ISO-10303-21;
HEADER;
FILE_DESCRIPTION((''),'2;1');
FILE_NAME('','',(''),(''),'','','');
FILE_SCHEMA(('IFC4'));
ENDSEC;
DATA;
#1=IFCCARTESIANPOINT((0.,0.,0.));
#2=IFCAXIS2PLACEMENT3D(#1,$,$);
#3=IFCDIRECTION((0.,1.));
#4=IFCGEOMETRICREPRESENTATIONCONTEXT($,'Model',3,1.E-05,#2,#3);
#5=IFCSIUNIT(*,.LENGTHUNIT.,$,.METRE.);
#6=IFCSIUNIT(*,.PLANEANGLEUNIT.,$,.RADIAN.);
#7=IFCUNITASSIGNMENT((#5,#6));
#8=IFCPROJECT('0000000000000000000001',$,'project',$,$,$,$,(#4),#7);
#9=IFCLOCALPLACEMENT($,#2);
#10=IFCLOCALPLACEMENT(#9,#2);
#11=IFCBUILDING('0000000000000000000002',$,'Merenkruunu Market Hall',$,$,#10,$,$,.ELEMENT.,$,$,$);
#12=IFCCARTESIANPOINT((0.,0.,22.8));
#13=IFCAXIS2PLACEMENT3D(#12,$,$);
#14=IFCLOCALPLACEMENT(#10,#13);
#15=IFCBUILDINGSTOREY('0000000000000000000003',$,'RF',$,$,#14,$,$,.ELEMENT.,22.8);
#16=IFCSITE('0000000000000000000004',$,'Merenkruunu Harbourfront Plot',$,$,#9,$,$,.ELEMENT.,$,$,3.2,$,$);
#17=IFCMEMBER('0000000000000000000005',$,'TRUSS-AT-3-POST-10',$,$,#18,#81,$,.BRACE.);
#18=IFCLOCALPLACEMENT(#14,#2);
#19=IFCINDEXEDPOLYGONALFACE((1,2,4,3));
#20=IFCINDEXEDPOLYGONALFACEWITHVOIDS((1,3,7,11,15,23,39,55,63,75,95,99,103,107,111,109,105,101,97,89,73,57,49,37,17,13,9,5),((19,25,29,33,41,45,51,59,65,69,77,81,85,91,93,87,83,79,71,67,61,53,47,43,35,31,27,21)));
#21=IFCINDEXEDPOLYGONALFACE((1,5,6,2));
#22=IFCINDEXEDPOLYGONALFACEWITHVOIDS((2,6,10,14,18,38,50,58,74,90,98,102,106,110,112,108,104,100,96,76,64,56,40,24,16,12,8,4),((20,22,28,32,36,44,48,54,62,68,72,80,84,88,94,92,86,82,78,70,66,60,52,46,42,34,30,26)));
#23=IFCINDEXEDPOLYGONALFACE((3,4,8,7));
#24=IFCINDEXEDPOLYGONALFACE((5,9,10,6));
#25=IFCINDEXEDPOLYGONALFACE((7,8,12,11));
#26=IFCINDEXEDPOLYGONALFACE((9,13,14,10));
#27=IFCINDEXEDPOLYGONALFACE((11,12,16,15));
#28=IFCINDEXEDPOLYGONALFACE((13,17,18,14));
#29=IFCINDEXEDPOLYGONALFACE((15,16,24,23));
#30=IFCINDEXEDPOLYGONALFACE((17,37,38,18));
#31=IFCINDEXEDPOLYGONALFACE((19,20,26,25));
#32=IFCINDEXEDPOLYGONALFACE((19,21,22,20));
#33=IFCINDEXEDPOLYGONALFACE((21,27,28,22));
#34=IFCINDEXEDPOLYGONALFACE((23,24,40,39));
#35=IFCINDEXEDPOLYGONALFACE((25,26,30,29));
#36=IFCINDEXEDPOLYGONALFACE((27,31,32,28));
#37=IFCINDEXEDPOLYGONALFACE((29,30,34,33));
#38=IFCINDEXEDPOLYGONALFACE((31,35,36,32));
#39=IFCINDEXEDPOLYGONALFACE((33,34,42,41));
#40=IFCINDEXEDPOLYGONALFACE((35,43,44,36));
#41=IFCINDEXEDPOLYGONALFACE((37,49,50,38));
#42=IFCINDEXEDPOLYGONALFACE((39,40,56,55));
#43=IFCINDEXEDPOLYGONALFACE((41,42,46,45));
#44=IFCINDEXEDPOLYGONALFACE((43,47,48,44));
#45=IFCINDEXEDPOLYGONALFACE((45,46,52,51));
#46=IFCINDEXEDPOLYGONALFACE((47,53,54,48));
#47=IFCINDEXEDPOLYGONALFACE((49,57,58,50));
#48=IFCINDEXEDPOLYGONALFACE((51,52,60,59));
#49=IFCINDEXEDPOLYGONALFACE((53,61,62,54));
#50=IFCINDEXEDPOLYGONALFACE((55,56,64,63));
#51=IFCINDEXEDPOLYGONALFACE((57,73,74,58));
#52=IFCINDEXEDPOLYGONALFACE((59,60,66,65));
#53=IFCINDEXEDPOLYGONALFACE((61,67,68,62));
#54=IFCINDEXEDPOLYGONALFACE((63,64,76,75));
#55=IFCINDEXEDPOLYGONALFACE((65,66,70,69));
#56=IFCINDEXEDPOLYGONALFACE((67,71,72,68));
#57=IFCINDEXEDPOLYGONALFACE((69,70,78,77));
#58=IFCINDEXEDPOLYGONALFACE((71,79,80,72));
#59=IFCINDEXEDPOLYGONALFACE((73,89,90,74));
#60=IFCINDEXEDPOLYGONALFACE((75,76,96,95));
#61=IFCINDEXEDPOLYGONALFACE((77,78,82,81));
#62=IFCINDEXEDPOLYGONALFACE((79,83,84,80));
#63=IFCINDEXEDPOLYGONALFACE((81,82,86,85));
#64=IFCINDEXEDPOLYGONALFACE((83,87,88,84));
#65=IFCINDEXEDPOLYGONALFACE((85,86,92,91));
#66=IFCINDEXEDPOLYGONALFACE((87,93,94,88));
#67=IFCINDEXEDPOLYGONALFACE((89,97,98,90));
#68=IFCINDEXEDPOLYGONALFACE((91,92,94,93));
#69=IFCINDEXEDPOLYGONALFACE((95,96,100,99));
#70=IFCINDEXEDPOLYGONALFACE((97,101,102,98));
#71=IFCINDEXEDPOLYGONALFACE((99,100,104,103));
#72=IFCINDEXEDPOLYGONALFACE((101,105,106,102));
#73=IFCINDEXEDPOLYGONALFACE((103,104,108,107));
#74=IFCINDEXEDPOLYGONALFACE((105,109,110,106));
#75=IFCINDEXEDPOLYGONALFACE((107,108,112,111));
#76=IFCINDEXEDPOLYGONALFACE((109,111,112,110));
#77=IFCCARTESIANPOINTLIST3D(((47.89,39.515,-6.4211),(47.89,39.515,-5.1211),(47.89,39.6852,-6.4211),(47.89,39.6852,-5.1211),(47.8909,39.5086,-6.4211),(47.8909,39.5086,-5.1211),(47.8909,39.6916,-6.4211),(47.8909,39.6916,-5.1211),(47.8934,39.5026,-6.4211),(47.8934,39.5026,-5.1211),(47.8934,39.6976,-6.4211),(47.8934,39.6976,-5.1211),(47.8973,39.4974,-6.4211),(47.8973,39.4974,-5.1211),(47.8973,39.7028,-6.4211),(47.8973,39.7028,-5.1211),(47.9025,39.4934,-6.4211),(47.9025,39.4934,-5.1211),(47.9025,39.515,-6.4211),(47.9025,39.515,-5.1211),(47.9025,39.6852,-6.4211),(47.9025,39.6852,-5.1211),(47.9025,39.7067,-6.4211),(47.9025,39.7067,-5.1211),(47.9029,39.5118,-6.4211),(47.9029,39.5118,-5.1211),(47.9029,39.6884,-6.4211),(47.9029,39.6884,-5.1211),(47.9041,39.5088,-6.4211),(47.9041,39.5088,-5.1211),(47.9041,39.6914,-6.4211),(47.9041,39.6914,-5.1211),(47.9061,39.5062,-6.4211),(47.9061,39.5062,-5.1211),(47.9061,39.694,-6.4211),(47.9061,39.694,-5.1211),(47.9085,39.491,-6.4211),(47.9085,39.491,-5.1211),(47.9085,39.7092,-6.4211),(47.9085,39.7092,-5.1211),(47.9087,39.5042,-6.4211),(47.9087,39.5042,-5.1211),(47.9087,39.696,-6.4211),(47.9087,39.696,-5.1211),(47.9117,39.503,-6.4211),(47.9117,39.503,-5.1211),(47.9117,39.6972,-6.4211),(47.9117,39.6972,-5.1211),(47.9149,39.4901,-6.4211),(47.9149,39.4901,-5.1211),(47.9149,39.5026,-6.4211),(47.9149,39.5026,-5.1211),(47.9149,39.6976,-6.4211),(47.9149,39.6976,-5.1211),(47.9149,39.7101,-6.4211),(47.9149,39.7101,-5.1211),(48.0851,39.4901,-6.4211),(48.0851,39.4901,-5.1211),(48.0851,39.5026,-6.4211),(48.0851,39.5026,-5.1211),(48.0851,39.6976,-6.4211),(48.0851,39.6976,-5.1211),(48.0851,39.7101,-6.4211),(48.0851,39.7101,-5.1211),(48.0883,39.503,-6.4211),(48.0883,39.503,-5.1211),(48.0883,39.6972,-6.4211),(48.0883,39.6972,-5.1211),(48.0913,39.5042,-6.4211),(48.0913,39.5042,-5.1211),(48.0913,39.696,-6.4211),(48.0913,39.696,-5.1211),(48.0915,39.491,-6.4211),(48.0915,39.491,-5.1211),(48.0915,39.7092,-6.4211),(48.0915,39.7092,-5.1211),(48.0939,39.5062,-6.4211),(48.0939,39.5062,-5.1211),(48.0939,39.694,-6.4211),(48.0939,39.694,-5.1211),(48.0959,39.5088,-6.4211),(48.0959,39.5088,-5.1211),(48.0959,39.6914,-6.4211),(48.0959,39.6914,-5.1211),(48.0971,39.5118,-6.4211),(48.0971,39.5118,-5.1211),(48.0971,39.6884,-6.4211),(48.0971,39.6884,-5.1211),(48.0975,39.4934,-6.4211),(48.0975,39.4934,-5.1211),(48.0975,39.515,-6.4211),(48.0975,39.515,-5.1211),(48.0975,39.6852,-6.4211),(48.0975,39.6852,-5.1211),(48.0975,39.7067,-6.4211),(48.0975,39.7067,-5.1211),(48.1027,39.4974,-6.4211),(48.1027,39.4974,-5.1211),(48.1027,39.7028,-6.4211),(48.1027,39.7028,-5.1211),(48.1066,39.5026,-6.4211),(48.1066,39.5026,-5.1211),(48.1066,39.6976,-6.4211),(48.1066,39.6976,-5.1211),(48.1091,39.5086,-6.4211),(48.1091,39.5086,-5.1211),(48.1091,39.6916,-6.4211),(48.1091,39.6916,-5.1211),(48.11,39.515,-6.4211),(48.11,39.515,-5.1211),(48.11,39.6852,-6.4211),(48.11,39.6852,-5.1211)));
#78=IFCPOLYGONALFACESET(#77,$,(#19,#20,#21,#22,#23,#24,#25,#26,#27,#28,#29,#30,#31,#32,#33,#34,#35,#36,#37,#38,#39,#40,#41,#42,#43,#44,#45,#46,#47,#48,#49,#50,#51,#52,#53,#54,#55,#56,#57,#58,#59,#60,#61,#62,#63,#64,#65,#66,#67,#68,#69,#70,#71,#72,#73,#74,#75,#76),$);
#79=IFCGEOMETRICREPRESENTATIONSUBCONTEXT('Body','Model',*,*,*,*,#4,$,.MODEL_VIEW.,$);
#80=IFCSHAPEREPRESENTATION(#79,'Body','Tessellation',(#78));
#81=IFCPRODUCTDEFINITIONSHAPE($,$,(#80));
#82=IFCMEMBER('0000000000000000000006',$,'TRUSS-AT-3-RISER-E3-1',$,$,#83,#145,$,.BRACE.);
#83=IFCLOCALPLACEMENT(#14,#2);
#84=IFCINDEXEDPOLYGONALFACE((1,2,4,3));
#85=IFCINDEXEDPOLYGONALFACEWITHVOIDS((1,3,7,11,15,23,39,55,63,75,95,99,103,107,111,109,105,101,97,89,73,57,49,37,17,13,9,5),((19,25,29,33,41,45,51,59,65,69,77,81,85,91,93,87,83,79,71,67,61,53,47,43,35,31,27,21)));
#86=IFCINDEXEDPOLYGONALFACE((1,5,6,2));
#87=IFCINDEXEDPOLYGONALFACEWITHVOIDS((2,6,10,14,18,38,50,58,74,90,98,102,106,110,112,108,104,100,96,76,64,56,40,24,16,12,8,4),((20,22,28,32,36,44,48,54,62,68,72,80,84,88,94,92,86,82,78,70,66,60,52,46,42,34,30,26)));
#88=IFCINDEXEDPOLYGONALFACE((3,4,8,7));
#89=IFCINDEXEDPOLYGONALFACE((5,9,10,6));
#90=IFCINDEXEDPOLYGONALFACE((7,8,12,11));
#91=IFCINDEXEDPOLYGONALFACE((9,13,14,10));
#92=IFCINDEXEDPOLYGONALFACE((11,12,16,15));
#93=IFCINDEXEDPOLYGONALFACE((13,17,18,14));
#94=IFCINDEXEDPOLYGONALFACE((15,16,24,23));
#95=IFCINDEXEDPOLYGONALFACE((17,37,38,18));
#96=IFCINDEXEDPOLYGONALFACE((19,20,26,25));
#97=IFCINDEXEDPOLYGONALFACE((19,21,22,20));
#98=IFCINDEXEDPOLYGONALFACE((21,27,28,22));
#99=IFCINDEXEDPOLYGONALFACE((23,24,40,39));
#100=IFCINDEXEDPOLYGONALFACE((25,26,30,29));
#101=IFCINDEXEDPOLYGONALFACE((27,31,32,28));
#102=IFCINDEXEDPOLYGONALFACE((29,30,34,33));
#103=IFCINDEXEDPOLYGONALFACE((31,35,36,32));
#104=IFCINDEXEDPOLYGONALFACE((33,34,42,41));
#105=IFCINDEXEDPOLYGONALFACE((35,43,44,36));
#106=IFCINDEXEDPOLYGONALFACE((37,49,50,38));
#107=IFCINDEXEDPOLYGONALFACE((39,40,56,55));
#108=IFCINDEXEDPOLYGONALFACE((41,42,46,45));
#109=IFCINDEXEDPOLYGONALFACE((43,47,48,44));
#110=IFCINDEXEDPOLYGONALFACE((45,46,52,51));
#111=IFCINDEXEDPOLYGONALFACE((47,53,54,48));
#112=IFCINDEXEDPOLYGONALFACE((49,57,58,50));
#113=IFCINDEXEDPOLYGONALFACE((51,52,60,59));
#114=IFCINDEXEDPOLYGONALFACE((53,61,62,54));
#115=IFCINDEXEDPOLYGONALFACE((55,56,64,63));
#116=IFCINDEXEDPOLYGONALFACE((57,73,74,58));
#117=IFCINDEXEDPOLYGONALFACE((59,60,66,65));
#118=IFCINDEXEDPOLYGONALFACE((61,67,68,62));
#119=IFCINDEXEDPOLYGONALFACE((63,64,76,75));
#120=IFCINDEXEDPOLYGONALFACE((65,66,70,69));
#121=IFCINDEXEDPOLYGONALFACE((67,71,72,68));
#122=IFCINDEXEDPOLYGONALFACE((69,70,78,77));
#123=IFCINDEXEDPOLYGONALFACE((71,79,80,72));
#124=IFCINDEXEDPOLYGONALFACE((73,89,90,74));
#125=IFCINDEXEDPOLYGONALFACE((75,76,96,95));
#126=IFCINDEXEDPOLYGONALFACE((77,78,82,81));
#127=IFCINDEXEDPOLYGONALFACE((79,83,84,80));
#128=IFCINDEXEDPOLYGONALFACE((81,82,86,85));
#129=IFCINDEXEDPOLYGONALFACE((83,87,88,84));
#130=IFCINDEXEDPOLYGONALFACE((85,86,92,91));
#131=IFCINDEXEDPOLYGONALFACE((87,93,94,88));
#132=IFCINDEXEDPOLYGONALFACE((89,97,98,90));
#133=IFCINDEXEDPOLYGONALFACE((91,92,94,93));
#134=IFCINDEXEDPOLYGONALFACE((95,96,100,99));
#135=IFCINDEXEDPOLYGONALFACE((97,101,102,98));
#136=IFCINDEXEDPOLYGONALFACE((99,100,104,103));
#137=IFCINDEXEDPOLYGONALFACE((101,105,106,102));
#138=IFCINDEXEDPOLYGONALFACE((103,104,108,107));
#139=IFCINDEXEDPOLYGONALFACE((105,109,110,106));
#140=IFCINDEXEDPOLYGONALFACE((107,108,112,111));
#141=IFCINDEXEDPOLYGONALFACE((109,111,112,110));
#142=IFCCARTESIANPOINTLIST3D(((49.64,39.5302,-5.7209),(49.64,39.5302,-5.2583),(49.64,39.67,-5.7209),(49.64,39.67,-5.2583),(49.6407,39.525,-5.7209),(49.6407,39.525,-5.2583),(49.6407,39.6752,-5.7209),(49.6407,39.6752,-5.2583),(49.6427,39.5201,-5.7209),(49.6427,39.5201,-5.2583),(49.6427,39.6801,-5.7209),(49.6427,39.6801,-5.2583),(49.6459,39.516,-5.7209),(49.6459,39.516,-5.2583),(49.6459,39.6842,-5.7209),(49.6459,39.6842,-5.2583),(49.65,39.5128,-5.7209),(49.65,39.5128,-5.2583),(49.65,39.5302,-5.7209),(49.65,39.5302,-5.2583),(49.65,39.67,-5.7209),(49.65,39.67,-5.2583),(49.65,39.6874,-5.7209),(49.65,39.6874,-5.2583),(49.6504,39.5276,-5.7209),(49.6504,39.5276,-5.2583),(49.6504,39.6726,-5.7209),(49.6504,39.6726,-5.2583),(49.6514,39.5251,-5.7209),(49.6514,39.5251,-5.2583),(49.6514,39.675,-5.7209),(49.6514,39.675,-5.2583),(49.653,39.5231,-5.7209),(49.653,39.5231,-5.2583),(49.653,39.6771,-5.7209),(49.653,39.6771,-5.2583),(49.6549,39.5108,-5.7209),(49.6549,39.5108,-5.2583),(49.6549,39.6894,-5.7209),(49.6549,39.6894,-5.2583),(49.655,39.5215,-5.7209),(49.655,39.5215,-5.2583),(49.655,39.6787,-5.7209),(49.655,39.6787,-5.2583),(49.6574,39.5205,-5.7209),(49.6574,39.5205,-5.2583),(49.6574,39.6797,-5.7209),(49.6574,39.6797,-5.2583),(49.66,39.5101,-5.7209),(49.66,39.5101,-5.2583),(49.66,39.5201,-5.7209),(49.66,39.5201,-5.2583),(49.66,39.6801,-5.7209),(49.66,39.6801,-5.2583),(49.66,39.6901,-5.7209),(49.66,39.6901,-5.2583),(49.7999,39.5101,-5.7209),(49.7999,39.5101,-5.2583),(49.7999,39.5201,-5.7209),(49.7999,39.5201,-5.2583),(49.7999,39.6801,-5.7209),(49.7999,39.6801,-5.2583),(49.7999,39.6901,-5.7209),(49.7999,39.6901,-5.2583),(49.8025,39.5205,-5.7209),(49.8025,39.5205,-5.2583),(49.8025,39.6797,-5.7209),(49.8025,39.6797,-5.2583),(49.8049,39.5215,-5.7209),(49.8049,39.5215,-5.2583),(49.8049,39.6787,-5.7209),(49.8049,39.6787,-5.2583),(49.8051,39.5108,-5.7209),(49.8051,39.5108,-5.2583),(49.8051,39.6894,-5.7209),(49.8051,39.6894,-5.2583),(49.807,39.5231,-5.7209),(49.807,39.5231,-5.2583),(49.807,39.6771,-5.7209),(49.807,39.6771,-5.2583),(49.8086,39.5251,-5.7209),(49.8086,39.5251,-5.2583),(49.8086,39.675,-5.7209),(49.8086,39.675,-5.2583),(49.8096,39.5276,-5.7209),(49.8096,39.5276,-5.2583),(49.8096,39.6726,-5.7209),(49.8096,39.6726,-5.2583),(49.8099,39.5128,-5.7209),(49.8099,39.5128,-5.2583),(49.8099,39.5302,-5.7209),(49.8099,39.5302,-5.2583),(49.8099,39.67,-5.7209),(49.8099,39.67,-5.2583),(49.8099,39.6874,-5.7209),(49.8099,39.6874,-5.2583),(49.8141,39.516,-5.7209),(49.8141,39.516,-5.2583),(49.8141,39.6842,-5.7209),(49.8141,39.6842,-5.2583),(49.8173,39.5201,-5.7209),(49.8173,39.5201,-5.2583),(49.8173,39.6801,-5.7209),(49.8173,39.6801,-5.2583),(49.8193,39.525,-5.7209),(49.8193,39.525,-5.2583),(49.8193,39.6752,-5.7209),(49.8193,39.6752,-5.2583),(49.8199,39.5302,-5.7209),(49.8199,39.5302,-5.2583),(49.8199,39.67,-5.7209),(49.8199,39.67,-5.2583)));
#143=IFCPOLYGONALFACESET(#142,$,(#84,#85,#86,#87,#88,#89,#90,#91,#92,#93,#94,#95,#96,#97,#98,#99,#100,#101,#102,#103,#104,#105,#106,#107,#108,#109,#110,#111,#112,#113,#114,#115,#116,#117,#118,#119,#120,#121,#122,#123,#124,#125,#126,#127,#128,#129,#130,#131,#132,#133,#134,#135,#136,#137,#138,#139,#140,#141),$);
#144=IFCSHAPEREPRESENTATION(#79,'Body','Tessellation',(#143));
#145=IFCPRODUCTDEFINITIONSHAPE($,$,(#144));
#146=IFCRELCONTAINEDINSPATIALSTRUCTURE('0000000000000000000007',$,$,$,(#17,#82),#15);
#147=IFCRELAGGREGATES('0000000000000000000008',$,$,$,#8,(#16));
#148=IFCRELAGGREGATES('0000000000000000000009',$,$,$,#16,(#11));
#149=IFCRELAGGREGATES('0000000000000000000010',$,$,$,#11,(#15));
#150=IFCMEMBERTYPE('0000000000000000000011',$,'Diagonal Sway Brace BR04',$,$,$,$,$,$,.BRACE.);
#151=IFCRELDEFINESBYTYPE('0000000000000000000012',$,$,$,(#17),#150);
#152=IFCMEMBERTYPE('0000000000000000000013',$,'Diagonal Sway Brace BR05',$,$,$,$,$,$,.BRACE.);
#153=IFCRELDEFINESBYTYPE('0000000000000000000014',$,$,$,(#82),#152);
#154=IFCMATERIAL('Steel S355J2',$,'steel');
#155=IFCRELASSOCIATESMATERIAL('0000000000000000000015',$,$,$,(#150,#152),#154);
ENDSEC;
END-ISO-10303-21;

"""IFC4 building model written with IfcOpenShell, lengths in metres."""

from ifc_helpers import new_model, si_unit, direction, frame, origin, origin_2d, place, context, subcontext, project, spatial, hollow_rectangle, extrude, material, material_profile, profile_set, type_object, element, save


model = new_model("IFC4")

# Units and contexts
model_context = context("Model", 3, precision=1e-05, world=origin(), true_north=direction((0.0, 1.0)))
body_context = subcontext(model_context, "Body", "Model", "MODEL_VIEW")
ifc_project = project(units=[si_unit("LENGTHUNIT", "METRE"), si_unit("PLANEANGLEUNIT", "RADIAN")], contexts=[model_context])

# Site, building, storey
site_placement = place(None, origin())
site = spatial("IfcSite", under=ifc_project, at=site_placement, Name="Merenkruunu Harbourfront Plot", CompositionType="ELEMENT", RefElevation=3.2)
building_placement = place(site_placement, origin())
building = spatial("IfcBuilding", under=site, at=building_placement, Name="Merenkruunu Market Hall", CompositionType="ELEMENT")
storey_placement = place(building_placement, frame((0.0, 0.0, 22.8)))
storey = spatial("IfcBuildingStorey", under=building, at=storey_placement, Name="RF", CompositionType="ELEMENT", Elevation=22.8)

# Members
ifc_material_1 = material(Name="Steel S355J2", Category="steel")
ifc_material_profile_1 = material_profile(ifc_material_1, hollow_rectangle(XDim=0.22, YDim=0.22, WallThickness=0.0125, InnerFilletRadius=0.0125, OuterFilletRadius=0.0249, at=origin_2d()), Name="SHS 220x220x12.5")
ifc_profile_set_1 = profile_set([ifc_material_profile_1], Name="Steel S355J2")
member_type_1 = type_object("IfcMemberType", Name="Diagonal Sway Brace BR04", PredefinedType="BRACE", material=ifc_profile_set_1)
member_1_placement = place(storey_placement, frame((48.0, 39.6001, -6.4211), z_axis=(0.0, 0.0, 1.0), x_axis=(1.0, 0.0, 0.0)))
element("IfcMember", 1, at=member_1_placement, inside=storey, type_object=member_type_1, Name="TRUSS-AT-3-POST-10", PredefinedType="BRACE", context=body_context, shape_type="SweptSolid", body=[
    extrude(hollow_rectangle(XDim=0.22, YDim=0.22, WallThickness=0.0125, InnerFilletRadius=0.0125, OuterFilletRadius=0.0249, at=origin_2d()), origin(), (0.0, 0.0, 1.0), 1.3),
])
ifc_material_profile_2 = material_profile(ifc_material_1, hollow_rectangle(XDim=0.1799, YDim=0.1799, WallThickness=0.01, InnerFilletRadius=0.01, OuterFilletRadius=0.02, at=origin_2d()), Name="SHS 180x180x10")
ifc_profile_set_2 = profile_set([ifc_material_profile_2], Name="Steel S355J2")
member_type_2 = type_object("IfcMemberType", Name="Diagonal Sway Brace BR05", PredefinedType="BRACE", material=ifc_profile_set_2)
member_2_placement = place(storey_placement, frame((49.73, 39.6001, -5.7209), z_axis=(0.0, 0.0, 1.0), x_axis=(1.0, 0.0, 0.0)))
element("IfcMember", 2, at=member_2_placement, inside=storey, type_object=member_type_2, Name="TRUSS-AT-3-RISER-E3-1", PredefinedType="BRACE", context=body_context, shape_type="SweptSolid", body=[
    extrude(hollow_rectangle(XDim=0.1799, YDim=0.1799, WallThickness=0.01, InnerFilletRadius=0.01, OuterFilletRadius=0.02, at=origin_2d()), origin(), (0.0, 0.0, 1.0), 0.4626),
])

save(model, "model.ifc")
